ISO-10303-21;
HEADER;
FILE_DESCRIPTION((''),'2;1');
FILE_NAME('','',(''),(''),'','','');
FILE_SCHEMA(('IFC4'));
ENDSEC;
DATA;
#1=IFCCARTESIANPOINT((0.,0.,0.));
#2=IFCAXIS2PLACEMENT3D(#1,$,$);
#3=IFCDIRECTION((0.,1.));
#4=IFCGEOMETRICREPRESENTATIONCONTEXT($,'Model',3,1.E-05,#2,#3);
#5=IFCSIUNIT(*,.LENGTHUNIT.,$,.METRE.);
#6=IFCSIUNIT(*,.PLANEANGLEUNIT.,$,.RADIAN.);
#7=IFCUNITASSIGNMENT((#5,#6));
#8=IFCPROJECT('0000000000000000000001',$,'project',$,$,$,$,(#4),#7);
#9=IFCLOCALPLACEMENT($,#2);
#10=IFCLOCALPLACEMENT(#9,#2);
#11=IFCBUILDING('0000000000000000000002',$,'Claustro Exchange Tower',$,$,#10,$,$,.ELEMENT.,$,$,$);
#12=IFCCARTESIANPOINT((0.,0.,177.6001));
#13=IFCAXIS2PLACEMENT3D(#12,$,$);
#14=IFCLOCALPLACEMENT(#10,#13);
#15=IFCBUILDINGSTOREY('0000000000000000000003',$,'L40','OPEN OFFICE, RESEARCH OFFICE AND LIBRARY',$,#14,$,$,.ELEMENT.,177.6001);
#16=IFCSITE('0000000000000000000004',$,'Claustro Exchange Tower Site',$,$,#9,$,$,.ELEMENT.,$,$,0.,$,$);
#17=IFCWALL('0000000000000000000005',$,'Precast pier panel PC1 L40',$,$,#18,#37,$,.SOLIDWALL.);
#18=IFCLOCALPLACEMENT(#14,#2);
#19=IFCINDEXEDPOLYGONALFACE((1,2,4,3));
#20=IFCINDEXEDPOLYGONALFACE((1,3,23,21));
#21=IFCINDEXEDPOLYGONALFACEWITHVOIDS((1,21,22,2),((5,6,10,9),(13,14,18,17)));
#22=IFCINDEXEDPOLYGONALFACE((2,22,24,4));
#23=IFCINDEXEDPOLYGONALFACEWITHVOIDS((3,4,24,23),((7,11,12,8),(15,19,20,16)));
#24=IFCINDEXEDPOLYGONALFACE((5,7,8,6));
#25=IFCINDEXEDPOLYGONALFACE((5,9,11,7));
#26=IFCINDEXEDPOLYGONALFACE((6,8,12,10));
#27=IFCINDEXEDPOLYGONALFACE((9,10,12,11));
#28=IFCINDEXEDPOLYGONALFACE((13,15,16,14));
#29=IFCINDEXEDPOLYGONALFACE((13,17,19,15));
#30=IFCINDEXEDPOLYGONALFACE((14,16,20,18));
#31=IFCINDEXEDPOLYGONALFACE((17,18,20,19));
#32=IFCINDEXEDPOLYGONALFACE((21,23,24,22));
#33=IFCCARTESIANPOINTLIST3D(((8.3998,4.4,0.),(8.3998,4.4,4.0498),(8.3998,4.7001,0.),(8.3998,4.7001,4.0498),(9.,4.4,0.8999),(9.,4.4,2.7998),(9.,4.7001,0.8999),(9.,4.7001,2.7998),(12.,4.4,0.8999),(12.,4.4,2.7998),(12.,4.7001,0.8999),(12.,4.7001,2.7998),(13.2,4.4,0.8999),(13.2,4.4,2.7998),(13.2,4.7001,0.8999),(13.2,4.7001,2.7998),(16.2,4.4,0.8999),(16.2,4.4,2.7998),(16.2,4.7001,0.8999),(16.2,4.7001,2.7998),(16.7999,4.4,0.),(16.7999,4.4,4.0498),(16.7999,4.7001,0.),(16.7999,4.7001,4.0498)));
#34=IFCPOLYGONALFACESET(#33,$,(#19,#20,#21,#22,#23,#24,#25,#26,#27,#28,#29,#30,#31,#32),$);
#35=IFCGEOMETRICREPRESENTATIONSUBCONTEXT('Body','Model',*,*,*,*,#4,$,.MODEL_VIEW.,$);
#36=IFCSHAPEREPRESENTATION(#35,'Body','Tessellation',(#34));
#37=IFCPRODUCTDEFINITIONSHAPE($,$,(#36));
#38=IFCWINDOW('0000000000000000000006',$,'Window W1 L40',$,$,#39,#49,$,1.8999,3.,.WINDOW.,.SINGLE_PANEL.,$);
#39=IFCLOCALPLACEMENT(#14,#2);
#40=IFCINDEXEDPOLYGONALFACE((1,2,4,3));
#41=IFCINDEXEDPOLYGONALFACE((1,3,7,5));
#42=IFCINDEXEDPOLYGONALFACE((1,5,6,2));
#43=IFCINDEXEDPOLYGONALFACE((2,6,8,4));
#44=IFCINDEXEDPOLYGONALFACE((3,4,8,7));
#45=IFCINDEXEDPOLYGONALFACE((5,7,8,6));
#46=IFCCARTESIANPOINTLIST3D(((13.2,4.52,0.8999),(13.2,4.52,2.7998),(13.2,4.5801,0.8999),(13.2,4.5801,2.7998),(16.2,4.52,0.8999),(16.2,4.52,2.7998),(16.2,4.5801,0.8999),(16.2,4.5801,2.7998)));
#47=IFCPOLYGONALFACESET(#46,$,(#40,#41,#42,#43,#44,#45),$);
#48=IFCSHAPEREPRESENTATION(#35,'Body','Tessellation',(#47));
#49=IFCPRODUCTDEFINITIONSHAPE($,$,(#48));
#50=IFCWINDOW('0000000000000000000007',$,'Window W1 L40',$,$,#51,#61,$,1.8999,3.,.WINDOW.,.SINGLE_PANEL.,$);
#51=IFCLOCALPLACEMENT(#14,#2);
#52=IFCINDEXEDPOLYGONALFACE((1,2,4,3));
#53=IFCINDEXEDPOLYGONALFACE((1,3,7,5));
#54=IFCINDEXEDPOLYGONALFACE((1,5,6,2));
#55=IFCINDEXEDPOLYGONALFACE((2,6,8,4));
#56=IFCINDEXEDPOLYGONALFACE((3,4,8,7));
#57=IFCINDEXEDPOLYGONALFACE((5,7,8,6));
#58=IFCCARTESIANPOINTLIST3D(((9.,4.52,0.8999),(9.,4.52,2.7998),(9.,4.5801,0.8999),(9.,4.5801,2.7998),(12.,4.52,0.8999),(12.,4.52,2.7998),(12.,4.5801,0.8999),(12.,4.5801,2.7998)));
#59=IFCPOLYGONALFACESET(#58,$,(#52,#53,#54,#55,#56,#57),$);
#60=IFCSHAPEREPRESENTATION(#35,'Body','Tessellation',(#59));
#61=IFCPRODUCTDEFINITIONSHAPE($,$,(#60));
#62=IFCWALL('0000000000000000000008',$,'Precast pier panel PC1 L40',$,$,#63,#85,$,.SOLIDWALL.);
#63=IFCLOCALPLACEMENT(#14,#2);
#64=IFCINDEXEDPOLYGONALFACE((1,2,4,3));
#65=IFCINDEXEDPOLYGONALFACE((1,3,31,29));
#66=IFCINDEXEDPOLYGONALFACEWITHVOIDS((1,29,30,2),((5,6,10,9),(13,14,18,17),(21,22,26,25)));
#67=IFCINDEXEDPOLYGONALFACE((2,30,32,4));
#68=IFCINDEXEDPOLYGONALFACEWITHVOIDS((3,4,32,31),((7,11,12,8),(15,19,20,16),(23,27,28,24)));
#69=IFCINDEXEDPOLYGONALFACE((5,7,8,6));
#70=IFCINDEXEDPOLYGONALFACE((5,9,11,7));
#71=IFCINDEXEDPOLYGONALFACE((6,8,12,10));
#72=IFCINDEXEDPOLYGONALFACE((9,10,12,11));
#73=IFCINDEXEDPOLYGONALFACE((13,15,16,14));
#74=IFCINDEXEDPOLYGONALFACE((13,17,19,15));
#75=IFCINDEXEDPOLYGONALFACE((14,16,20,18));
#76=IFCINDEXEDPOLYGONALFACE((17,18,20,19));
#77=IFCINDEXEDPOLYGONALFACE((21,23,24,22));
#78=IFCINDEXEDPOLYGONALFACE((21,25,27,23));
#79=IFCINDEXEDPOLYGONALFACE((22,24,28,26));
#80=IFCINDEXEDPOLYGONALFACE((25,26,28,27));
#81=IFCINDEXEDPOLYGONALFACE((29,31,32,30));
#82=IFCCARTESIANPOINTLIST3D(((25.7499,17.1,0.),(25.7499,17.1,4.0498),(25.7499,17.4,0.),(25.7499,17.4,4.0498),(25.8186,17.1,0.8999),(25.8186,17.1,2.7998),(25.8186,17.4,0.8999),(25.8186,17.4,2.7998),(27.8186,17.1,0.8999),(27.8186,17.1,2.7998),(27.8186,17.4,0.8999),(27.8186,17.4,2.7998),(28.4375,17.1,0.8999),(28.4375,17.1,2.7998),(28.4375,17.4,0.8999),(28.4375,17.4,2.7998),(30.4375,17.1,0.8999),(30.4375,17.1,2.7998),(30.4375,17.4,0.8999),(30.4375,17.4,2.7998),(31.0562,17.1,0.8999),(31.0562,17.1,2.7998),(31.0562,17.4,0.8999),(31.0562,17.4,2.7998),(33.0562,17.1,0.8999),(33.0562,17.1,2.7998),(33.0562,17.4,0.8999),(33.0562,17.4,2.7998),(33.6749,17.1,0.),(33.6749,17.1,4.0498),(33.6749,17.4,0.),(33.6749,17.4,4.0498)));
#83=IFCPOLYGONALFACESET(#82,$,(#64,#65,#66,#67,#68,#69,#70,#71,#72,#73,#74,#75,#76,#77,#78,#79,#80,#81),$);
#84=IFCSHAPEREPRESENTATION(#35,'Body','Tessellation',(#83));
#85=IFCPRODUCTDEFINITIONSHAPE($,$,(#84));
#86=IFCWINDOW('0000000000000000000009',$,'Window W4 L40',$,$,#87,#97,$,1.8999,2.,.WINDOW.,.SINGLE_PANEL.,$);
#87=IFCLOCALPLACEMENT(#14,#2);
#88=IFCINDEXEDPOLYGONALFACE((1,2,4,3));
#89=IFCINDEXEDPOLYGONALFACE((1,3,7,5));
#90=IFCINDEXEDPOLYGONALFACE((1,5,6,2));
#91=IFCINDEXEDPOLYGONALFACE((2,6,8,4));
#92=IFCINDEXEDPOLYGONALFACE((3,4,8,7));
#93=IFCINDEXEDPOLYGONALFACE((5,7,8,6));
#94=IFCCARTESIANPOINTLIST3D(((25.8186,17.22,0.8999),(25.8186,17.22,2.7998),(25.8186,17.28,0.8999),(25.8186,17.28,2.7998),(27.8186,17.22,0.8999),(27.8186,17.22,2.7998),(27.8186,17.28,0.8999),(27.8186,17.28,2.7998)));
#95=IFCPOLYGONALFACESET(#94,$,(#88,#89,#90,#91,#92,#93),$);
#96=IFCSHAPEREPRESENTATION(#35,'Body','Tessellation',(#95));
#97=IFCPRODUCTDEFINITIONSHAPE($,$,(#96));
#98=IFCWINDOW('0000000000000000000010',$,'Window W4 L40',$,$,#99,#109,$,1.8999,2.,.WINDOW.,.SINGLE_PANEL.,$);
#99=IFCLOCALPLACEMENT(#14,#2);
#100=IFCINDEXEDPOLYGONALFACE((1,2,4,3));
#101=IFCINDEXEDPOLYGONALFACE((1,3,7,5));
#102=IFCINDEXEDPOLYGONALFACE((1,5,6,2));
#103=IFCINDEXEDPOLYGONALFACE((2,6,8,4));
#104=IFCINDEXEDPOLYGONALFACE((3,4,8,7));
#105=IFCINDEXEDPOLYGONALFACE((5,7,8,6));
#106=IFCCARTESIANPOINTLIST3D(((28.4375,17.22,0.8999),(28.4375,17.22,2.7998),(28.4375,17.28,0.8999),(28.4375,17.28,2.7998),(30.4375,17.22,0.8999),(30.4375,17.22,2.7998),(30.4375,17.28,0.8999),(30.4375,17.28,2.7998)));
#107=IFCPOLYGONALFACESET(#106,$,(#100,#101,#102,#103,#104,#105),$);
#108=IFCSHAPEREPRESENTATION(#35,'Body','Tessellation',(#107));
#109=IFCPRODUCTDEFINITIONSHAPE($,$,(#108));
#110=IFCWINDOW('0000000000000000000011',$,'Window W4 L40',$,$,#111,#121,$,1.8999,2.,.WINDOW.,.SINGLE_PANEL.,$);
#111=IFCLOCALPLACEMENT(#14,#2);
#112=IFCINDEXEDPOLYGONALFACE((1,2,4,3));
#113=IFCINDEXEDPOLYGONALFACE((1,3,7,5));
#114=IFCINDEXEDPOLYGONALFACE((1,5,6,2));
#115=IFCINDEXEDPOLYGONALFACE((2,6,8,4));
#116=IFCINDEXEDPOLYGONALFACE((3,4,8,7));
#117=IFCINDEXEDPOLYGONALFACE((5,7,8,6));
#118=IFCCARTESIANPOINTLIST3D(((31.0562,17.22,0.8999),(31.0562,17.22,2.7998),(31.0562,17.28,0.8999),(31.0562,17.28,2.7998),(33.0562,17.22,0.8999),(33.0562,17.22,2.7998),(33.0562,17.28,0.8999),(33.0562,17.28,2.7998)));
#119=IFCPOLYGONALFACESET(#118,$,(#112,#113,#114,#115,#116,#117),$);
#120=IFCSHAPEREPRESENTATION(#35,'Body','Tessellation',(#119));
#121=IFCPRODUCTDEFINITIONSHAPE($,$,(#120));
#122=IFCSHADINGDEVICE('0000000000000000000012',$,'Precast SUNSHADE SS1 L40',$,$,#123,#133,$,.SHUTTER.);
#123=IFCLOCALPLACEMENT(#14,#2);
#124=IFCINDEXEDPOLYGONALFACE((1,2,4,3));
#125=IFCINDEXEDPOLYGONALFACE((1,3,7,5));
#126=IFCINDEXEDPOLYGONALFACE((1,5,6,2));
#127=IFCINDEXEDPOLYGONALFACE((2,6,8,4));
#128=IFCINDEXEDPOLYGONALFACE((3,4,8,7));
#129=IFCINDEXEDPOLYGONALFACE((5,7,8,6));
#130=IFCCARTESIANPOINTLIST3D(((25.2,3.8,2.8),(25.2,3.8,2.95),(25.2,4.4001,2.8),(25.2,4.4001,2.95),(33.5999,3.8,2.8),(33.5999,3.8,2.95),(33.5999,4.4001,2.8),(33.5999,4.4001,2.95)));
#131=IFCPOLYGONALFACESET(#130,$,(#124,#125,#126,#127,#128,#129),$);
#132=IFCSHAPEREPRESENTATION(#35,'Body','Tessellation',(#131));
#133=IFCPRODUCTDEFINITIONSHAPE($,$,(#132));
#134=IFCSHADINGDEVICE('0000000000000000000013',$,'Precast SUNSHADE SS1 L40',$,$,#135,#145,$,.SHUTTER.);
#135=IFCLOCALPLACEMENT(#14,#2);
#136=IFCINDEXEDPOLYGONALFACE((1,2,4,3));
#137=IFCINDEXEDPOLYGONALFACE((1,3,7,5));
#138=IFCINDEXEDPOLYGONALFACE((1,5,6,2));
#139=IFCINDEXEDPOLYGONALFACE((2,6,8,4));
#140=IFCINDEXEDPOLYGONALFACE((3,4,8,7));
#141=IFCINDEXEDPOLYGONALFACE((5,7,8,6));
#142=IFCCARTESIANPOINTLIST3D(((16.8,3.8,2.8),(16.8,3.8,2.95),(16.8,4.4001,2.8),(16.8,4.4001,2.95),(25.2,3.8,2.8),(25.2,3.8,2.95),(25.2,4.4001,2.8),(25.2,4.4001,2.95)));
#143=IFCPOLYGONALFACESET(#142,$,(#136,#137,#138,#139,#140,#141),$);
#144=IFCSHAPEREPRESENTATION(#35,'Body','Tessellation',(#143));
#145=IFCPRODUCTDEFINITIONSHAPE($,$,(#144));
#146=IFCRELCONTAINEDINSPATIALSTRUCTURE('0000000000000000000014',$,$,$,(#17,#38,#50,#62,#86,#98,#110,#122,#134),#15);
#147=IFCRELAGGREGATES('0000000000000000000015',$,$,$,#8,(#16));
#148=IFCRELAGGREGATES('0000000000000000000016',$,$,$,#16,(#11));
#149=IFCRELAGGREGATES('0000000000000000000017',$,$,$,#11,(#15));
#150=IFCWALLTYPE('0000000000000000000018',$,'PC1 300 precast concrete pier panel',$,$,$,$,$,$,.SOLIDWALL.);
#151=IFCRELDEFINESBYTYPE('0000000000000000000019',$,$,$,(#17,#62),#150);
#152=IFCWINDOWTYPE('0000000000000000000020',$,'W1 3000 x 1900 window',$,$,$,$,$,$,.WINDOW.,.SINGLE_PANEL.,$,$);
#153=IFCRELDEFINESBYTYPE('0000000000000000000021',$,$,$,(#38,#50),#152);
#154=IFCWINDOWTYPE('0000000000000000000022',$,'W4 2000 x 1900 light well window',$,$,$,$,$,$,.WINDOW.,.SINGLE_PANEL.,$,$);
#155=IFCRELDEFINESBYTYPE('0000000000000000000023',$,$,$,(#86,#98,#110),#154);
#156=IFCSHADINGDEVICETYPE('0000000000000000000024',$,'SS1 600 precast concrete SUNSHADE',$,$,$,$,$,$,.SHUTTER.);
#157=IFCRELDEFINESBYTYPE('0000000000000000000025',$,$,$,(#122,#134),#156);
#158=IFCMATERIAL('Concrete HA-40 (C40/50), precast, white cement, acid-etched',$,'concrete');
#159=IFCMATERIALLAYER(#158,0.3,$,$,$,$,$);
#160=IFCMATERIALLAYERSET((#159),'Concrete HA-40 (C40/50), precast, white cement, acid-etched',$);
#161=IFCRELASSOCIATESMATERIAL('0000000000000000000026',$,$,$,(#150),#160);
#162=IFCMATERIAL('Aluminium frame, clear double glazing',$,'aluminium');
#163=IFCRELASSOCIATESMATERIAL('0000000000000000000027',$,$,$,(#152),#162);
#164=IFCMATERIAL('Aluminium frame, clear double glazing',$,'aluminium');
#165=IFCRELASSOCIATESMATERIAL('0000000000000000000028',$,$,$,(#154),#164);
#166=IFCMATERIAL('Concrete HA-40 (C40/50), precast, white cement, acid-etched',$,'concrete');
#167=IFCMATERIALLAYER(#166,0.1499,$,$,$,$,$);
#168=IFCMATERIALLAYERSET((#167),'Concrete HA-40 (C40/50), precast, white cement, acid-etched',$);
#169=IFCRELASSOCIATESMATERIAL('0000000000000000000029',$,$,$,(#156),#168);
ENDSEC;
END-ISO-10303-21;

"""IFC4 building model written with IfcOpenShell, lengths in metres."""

from ifc_helpers import new_model, si_unit, direction, frame, frame_2d, origin, origin_2d, place, context, subcontext, project, spatial, rectangle, extrude, material, layer, layer_set, type_object, element, fill, save


model = new_model("IFC4")

# Units and contexts
model_context = context("Model", 3, precision=1e-05, world=origin(), true_north=direction((0.0, 1.0)))
body_context = subcontext(model_context, "Body", "Model", "MODEL_VIEW")
ifc_project = project(units=[si_unit("LENGTHUNIT", "METRE"), si_unit("PLANEANGLEUNIT", "RADIAN")], contexts=[model_context])

# Site, building, storey
site_placement = place(None, origin())
site = spatial("IfcSite", under=ifc_project, at=site_placement, Name="Claustro Exchange Tower Site", CompositionType="ELEMENT", RefElevation=0.0)
building_placement = place(site_placement, origin())
building = spatial("IfcBuilding", under=site, at=building_placement, Name="Claustro Exchange Tower", CompositionType="ELEMENT")
storey_placement = place(building_placement, frame((0.0, 0.0, 177.6001)))
storey = spatial("IfcBuildingStorey", under=building, at=storey_placement, Name="L40", Description="OPEN OFFICE, RESEARCH OFFICE AND LIBRARY", CompositionType="ELEMENT", Elevation=177.6001)

# Walls, openings, windows
ifc_material_1 = material(Name="Concrete HA-40 (C40/50), precast, white cement, acid-etched", Category="concrete")
ifc_layer_1 = layer(ifc_material_1, 0.3)
ifc_layer_set_1 = layer_set([ifc_layer_1], Name="Concrete HA-40 (C40/50), precast, white cement, acid-etched")
wall_type_1 = type_object("IfcWallType", Name="PC1 300 precast concrete pier panel", PredefinedType="SOLIDWALL", material=ifc_layer_set_1)
ifc_material_2 = material(Name="Aluminium frame, clear double glazing", Category="aluminium")
window_type_1 = type_object("IfcWindowType", Name="W1 3000 x 1900 window", PartitioningType="SINGLE_PANEL", PredefinedType="WINDOW", material=ifc_material_2)
wall_1_placement = place(storey_placement, frame((16.8, 4.55, 0.0), z_axis=(0.0, 0.0, 1.0), x_axis=(-1.0, 0.0, 0.0)))
wall_1 = element("IfcWall", 1, at=wall_1_placement, inside=storey, type_object=wall_type_1, Name="Precast pier panel PC1 L40", PredefinedType="SOLIDWALL", context=body_context, shape_type="SweptSolid", body=[
    extrude(rectangle(XDim=8.4001, YDim=0.3, at=frame_2d((4.2002, 0.0))), origin(), (0.0, 0.0, 1.0), 4.0498),
])
opening_1_placement = place(wall_1_placement, frame((0.6001, 0.0, 0.8999)))
opening_1 = element("IfcOpeningElement", 2, at=opening_1_placement, cuts=wall_1, PredefinedType="OPENING", context=body_context, shape_type="SweptSolid", body=[
    extrude(rectangle(XDim=3.0, YDim=1.8999, at=frame_2d((1.5, 0.95))), frame((0.0, 0.1599, 0.0), z_axis=(0.0, -1.0, 0.0), x_axis=(1.0, 0.0, 0.0)), (0.0, 0.0, 1.0), 0.3201),
])
opening_2_placement = place(wall_1_placement, frame((4.8, 0.0, 0.8999)))
opening_2 = element("IfcOpeningElement", 3, at=opening_2_placement, cuts=wall_1, PredefinedType="OPENING", context=body_context, shape_type="SweptSolid", body=[
    extrude(rectangle(XDim=3.0, YDim=1.8999, at=frame_2d((1.5, 0.95))), frame((0.0, 0.1599, 0.0), z_axis=(0.0, -1.0, 0.0), x_axis=(1.0, 0.0, 0.0)), (0.0, 0.0, 1.0), 0.3201),
])
window_1_placement = place(opening_1_placement, origin())
window_1 = element("IfcWindow", 4, at=window_1_placement, inside=storey, type_object=window_type_1, Name="Window W1 L40", OverallHeight=1.8999, OverallWidth=3.0, PartitioningType="SINGLE_PANEL", PredefinedType="WINDOW", context=body_context, shape_type="SweptSolid", body=[
    extrude(rectangle(XDim=3.0, YDim=1.8999, at=frame_2d((1.5, 0.95))), frame((0.0, 0.03, 0.0), z_axis=(0.0, -1.0, 0.0), x_axis=(1.0, 0.0, 0.0)), (0.0, 0.0, 1.0), 0.0601),
])
fill(opening_1, window_1)
window_2_placement = place(opening_2_placement, origin())
window_2 = element("IfcWindow", 5, at=window_2_placement, inside=storey, type_object=window_type_1, Name="Window W1 L40", OverallHeight=1.8999, OverallWidth=3.0, PartitioningType="SINGLE_PANEL", PredefinedType="WINDOW", context=body_context, shape_type="SweptSolid", body=[
    extrude(rectangle(XDim=3.0, YDim=1.8999, at=frame_2d((1.5, 0.95))), frame((0.0, 0.03, 0.0), z_axis=(0.0, -1.0, 0.0), x_axis=(1.0, 0.0, 0.0)), (0.0, 0.0, 1.0), 0.0601),
])
fill(opening_2, window_2)
wall_2_placement = place(storey_placement, frame((25.75, 17.25, 0.0), z_axis=(0.0, 0.0, 1.0), x_axis=(1.0, 0.0, 0.0)))
wall_2 = element("IfcWall", 6, at=wall_2_placement, inside=storey, type_object=wall_type_1, Name="Precast pier panel PC1 L40", PredefinedType="SOLIDWALL", context=body_context, shape_type="SweptSolid", body=[
    extrude(rectangle(XDim=7.925, YDim=0.3, at=frame_2d((3.9624, 0.0))), origin(), (0.0, 0.0, 1.0), 4.0498),
])
opening_3_placement = place(wall_2_placement, frame((0.0686, 0.0, 0.8999)))
opening_3 = element("IfcOpeningElement", 7, at=opening_3_placement, cuts=wall_2, PredefinedType="OPENING", context=body_context, shape_type="SweptSolid", body=[
    extrude(rectangle(XDim=2.0, YDim=1.8999, at=frame_2d((1.0, 0.95))), frame((0.0, 0.1599, 0.0), z_axis=(0.0, -1.0, 0.0), x_axis=(1.0, 0.0, 0.0)), (0.0, 0.0, 1.0), 0.3201),
])
opening_4_placement = place(wall_2_placement, frame((2.6875, 0.0, 0.8999)))
opening_4 = element("IfcOpeningElement", 8, at=opening_4_placement, cuts=wall_2, PredefinedType="OPENING", context=body_context, shape_type="SweptSolid", body=[
    extrude(rectangle(XDim=2.0, YDim=1.8999, at=frame_2d((1.0, 0.95))), frame((0.0, 0.1599, 0.0), z_axis=(0.0, -1.0, 0.0), x_axis=(1.0, 0.0, 0.0)), (0.0, 0.0, 1.0), 0.3201),
])
opening_5_placement = place(wall_2_placement, frame((5.3062, 0.0, 0.8999)))
opening_5 = element("IfcOpeningElement", 9, at=opening_5_placement, cuts=wall_2, PredefinedType="OPENING", context=body_context, shape_type="SweptSolid", body=[
    extrude(rectangle(XDim=2.0, YDim=1.8999, at=frame_2d((1.0, 0.95))), frame((0.0, 0.1599, 0.0), z_axis=(0.0, -1.0, 0.0), x_axis=(1.0, 0.0, 0.0)), (0.0, 0.0, 1.0), 0.3201),
])
ifc_material_3 = material(Name="Aluminium frame, clear double glazing", Category="aluminium")
window_type_2 = type_object("IfcWindowType", Name="W4 2000 x 1900 light well window", PartitioningType="SINGLE_PANEL", PredefinedType="WINDOW", material=ifc_material_3)
window_3_placement = place(opening_3_placement, origin())
window_3 = element("IfcWindow", 10, at=window_3_placement, inside=storey, type_object=window_type_2, Name="Window W4 L40", OverallHeight=1.8999, OverallWidth=2.0, PartitioningType="SINGLE_PANEL", PredefinedType="WINDOW", context=body_context, shape_type="SweptSolid", body=[
    extrude(rectangle(XDim=2.0, YDim=1.8999, at=frame_2d((1.0, 0.95))), frame((0.0, 0.03, 0.0), z_axis=(0.0, -1.0, 0.0), x_axis=(1.0, 0.0, 0.0)), (0.0, 0.0, 1.0), 0.0601),
])
fill(opening_3, window_3)
window_4_placement = place(opening_4_placement, origin())
window_4 = element("IfcWindow", 11, at=window_4_placement, inside=storey, type_object=window_type_2, Name="Window W4 L40", OverallHeight=1.8999, OverallWidth=2.0, PartitioningType="SINGLE_PANEL", PredefinedType="WINDOW", context=body_context, shape_type="SweptSolid", body=[
    extrude(rectangle(XDim=2.0, YDim=1.8999, at=frame_2d((1.0, 0.95))), frame((0.0, 0.03, 0.0), z_axis=(0.0, -1.0, 0.0), x_axis=(1.0, 0.0, 0.0)), (0.0, 0.0, 1.0), 0.0601),
])
fill(opening_4, window_4)
window_5_placement = place(opening_5_placement, origin())
window_5 = element("IfcWindow", 12, at=window_5_placement, inside=storey, type_object=window_type_2, Name="Window W4 L40", OverallHeight=1.8999, OverallWidth=2.0, PartitioningType="SINGLE_PANEL", PredefinedType="WINDOW", context=body_context, shape_type="SweptSolid", body=[
    extrude(rectangle(XDim=2.0, YDim=1.8999, at=frame_2d((1.0, 0.95))), frame((0.0, 0.03, 0.0), z_axis=(0.0, -1.0, 0.0), x_axis=(1.0, 0.0, 0.0)), (0.0, 0.0, 1.0), 0.0601),
])
fill(opening_5, window_5)

# Shading devices
ifc_material_4 = material(Name="Concrete HA-40 (C40/50), precast, white cement, acid-etched", Category="concrete")
ifc_layer_2 = layer(ifc_material_4, 0.1499)
ifc_layer_set_2 = layer_set([ifc_layer_2], Name="Concrete HA-40 (C40/50), precast, white cement, acid-etched")
shading_device_type = type_object("IfcShadingDeviceType", Name="SS1 600 precast concrete SUNSHADE", PredefinedType="SHUTTER", material=ifc_layer_set_2)
for number, where, z_axis, x_axis, name in (
    (13, (29.3999, 4.1001, 2.8), (0.0, 0.0, 1.0), (-1.0, 0.0, 0.0), "Precast SUNSHADE SS1 L40"),
    (14, (21.0, 4.1001, 2.8), (0.0, 0.0, 1.0), (-1.0, 0.0, 0.0), "Precast SUNSHADE SS1 L40"),
):
    element("IfcShadingDevice", number, at=place(storey_placement, frame(where, z_axis=z_axis, x_axis=x_axis)), inside=storey, type_object=shading_device_type, Name=name, PredefinedType="SHUTTER", context=body_context, shape_type="SweptSolid", body=[
        extrude(rectangle(XDim=8.3999, YDim=0.6001, at=origin_2d()), origin(), (0.0, 0.0, 1.0), 0.1499),
    ])

save(model, "model.ifc")
